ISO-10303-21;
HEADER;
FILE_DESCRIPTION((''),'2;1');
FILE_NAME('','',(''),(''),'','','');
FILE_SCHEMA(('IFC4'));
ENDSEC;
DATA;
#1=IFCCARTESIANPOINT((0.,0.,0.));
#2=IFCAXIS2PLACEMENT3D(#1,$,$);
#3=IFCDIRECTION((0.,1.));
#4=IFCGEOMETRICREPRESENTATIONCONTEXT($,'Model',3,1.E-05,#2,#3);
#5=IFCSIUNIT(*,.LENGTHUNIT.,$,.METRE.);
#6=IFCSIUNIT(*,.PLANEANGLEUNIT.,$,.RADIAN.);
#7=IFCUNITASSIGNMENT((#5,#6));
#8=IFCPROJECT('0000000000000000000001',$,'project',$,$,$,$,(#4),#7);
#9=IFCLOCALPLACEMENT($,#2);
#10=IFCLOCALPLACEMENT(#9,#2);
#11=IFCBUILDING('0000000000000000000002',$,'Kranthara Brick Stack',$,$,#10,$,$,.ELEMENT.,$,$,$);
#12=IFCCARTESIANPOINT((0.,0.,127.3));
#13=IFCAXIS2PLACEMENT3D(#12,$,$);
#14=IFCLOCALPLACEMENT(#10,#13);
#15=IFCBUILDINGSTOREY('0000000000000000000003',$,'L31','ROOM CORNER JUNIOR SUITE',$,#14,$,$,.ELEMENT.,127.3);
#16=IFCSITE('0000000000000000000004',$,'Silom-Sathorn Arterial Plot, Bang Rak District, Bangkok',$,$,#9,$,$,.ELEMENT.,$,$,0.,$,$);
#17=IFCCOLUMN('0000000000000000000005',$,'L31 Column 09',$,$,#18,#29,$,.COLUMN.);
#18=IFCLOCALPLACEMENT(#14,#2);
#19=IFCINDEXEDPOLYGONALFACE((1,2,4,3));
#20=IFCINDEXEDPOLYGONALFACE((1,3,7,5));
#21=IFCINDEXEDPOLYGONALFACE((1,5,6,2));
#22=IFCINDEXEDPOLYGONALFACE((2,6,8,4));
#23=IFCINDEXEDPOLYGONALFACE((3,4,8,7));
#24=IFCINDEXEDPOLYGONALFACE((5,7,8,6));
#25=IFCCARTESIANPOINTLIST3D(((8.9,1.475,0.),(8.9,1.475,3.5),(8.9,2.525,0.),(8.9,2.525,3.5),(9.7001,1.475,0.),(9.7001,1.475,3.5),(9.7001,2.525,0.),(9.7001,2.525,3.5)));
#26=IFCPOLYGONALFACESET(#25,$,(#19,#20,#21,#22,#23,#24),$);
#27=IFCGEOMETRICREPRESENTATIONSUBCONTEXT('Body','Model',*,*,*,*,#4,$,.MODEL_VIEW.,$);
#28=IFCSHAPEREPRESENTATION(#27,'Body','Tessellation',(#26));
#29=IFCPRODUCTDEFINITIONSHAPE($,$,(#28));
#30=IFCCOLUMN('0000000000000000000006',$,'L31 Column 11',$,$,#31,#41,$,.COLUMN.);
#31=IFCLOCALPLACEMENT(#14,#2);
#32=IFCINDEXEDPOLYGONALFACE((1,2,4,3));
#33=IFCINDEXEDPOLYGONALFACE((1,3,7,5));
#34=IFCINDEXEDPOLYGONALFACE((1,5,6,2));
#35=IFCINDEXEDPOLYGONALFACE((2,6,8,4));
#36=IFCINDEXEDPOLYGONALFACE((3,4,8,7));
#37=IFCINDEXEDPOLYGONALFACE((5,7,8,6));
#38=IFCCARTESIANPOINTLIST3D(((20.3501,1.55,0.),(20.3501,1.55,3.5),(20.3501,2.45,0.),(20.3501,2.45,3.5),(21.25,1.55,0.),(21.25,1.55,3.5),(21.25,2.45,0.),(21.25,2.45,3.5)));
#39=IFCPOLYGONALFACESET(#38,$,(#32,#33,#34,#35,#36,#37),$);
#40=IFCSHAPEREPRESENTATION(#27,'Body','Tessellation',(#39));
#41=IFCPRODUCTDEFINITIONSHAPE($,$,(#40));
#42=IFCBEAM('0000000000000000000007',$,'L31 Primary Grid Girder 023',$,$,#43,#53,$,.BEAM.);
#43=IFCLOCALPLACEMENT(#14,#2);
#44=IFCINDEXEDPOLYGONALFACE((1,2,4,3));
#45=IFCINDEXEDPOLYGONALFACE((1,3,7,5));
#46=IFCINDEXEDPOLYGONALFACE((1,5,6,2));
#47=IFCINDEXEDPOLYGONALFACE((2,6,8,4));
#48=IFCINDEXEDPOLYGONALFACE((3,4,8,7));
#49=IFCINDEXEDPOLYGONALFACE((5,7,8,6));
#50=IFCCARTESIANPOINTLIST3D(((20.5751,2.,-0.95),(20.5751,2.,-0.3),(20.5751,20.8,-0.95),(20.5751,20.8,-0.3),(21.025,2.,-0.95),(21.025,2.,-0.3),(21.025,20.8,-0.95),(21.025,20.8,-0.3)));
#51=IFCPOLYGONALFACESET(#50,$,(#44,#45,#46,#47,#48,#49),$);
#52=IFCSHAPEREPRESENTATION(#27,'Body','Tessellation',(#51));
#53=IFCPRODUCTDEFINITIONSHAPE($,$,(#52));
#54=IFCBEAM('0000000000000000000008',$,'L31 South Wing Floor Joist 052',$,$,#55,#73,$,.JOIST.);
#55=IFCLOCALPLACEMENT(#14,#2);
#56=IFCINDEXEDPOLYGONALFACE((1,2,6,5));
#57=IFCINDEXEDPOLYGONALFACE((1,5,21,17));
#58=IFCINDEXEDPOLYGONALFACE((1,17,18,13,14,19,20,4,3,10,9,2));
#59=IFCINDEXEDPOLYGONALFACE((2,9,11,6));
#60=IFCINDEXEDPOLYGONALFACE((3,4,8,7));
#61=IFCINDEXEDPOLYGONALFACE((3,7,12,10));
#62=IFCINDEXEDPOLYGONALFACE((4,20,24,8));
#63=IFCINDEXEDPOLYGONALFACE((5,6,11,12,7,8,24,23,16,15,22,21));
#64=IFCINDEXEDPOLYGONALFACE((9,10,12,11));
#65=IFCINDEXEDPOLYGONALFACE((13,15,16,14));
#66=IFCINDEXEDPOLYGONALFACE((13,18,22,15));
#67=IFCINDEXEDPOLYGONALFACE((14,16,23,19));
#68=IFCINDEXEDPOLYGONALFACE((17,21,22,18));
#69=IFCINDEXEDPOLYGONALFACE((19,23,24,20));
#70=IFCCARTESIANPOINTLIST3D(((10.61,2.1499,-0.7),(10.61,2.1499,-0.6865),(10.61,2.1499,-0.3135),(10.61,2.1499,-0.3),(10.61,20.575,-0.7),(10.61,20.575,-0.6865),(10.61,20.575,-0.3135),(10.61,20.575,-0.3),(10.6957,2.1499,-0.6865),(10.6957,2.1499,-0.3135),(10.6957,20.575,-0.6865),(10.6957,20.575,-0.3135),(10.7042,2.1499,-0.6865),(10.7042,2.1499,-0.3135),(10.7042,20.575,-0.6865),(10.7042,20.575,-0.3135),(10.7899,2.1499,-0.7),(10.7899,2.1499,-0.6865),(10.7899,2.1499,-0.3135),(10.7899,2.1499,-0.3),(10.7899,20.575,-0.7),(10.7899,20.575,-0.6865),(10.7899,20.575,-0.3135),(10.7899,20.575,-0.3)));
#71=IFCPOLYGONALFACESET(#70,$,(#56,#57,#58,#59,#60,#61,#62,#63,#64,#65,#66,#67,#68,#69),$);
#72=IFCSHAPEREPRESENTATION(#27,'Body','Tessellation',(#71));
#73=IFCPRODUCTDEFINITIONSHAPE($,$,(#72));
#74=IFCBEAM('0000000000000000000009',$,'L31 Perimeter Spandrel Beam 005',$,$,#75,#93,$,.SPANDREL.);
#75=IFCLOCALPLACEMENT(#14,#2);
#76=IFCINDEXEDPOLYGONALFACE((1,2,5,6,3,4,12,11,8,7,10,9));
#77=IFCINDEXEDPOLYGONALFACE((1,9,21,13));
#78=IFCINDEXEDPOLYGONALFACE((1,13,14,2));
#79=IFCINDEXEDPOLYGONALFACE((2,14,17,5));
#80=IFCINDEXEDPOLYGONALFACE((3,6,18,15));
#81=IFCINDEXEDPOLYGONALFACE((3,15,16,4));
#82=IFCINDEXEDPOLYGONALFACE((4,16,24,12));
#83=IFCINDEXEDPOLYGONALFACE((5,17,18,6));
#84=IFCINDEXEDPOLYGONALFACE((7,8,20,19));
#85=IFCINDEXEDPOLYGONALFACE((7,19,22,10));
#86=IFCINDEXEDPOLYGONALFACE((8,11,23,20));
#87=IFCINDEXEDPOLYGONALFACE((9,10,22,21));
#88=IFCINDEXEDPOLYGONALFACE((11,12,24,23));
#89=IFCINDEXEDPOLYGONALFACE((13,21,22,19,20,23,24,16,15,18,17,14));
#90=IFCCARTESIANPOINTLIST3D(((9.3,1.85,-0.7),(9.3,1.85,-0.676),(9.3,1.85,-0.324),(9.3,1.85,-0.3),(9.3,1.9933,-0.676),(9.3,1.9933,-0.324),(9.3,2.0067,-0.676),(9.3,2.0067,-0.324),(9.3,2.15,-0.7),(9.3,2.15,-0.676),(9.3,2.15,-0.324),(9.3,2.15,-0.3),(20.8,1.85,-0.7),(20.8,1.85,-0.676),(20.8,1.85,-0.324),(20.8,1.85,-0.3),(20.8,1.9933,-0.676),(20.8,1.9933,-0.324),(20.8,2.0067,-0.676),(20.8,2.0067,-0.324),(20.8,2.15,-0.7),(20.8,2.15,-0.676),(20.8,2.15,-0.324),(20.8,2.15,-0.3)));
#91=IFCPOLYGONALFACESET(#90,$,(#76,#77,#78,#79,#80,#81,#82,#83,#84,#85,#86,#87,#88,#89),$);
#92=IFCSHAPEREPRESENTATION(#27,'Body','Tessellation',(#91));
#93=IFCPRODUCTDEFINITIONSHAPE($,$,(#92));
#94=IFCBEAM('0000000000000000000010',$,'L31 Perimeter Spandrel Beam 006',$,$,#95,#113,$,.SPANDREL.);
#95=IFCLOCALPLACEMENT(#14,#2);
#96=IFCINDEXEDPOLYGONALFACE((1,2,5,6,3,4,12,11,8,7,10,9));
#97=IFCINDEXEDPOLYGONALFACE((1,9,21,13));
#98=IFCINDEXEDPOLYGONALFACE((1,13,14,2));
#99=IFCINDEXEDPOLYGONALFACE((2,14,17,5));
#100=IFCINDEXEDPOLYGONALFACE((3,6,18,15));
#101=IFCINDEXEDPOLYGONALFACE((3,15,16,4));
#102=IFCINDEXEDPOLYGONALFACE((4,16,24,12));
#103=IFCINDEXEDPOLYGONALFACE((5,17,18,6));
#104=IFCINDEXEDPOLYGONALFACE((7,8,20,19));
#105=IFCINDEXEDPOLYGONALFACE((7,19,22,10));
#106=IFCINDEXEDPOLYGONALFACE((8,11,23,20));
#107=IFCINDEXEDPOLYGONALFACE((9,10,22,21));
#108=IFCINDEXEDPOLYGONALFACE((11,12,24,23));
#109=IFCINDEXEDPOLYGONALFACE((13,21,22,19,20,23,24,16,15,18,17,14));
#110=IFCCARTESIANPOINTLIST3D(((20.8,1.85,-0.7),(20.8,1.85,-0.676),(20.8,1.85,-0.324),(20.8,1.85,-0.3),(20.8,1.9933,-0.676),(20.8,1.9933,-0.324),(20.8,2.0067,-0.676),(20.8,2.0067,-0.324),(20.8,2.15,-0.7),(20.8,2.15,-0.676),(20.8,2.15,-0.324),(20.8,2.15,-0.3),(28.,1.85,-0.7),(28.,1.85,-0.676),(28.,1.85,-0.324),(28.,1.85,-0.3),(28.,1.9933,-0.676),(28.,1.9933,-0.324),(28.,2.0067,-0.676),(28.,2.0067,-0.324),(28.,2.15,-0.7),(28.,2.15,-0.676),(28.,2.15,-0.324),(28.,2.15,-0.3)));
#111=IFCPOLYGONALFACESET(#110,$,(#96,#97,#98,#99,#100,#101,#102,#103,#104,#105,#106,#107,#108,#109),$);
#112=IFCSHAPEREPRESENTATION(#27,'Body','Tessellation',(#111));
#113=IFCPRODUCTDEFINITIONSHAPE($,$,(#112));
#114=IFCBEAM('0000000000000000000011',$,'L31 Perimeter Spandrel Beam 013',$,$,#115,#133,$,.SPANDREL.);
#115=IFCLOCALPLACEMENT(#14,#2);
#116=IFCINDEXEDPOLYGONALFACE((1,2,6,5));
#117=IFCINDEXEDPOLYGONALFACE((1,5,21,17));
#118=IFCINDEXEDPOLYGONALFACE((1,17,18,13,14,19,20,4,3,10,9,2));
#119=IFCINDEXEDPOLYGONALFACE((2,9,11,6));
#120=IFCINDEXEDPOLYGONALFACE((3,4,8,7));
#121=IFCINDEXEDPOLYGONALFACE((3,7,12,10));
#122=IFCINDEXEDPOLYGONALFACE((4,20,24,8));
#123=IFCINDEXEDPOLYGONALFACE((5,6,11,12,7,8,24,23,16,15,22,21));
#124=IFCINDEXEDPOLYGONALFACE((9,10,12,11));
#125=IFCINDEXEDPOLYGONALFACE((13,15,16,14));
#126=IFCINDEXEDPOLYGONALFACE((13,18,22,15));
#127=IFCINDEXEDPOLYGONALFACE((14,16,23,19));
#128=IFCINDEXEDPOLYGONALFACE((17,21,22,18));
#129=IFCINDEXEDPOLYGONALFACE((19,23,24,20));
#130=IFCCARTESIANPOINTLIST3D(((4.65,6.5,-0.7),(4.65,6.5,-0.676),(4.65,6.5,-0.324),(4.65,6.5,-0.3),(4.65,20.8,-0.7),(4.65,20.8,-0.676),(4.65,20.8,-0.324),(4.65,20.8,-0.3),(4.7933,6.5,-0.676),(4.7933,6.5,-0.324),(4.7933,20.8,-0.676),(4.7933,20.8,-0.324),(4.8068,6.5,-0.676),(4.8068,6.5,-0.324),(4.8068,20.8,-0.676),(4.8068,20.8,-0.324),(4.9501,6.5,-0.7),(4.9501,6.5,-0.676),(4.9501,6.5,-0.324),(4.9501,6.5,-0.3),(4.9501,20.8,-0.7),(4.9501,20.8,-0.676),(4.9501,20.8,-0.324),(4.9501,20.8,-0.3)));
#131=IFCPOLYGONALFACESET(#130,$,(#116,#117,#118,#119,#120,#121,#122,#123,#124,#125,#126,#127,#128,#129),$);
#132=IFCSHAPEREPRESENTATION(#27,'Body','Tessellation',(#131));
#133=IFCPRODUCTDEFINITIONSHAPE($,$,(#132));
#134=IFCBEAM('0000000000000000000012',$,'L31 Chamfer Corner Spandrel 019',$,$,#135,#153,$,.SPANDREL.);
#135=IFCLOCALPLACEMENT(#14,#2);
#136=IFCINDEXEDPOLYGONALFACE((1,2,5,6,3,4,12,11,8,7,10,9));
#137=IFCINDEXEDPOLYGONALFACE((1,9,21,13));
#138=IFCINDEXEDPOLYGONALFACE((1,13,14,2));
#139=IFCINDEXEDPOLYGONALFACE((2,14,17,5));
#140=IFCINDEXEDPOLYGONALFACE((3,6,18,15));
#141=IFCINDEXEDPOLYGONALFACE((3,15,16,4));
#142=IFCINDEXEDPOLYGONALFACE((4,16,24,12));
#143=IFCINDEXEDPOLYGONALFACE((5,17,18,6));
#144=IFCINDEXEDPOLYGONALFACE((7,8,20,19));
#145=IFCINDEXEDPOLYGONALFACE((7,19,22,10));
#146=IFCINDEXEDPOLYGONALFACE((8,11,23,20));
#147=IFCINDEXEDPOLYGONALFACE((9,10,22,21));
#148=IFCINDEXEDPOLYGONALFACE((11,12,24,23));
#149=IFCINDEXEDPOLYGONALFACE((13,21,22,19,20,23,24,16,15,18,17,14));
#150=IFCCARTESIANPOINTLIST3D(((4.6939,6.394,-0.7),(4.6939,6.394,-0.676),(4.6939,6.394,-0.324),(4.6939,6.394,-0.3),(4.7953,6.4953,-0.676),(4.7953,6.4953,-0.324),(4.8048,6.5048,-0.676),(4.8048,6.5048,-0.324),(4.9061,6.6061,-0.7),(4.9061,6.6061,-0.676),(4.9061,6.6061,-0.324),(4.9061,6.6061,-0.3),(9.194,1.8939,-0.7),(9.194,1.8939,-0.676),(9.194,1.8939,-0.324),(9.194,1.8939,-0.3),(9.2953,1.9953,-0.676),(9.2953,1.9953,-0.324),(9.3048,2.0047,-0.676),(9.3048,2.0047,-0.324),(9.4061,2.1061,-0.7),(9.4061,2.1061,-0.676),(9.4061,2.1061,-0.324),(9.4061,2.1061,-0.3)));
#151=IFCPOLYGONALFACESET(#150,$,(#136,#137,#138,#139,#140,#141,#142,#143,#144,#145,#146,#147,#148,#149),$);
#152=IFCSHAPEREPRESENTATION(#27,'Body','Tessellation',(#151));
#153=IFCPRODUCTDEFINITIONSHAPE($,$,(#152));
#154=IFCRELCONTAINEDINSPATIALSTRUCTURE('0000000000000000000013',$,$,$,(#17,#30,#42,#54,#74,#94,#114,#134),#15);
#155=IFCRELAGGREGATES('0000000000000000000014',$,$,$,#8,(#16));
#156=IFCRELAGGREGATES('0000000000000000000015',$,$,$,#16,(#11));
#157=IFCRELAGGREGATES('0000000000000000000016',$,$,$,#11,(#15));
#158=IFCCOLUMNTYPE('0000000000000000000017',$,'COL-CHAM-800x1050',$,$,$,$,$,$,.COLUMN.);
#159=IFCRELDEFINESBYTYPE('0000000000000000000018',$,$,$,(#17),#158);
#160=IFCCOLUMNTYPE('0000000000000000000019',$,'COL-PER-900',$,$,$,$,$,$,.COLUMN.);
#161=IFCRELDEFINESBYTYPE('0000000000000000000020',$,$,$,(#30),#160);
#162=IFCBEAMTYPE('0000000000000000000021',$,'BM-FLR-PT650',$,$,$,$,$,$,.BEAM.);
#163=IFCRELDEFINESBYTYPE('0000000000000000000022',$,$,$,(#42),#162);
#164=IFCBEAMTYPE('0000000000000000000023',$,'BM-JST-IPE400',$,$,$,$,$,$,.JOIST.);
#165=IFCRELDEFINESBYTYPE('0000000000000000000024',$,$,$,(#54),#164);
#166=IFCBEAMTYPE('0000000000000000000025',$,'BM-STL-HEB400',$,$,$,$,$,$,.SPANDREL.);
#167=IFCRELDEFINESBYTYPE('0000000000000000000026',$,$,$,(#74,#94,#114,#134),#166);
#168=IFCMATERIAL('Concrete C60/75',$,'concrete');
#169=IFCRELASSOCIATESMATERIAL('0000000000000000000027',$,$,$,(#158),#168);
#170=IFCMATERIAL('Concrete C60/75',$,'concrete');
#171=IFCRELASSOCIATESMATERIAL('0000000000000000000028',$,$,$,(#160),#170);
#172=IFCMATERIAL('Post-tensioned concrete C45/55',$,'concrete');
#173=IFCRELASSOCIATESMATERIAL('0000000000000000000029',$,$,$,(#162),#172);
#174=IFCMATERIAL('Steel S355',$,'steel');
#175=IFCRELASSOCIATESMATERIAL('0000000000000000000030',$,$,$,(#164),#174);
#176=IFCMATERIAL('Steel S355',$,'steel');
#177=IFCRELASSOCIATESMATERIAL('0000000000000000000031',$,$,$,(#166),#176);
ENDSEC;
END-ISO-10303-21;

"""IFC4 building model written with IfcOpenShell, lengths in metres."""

from ifc_helpers import new_model, si_unit, direction, frame, origin, origin_2d, place, context, subcontext, project, spatial, rectangle, i_section, extrude, material, material_profile, profile_set, type_object, element, save


model = new_model("IFC4")

# Units and contexts
model_context = context("Model", 3, precision=1e-05, world=origin(), true_north=direction((0.0, 1.0)))
body_context = subcontext(model_context, "Body", "Model", "MODEL_VIEW")
ifc_project = project(units=[si_unit("LENGTHUNIT", "METRE"), si_unit("PLANEANGLEUNIT", "RADIAN")], contexts=[model_context])

# Site, building, storey
site_placement = place(None, origin())
site = spatial("IfcSite", under=ifc_project, at=site_placement, Name="Silom-Sathorn Arterial Plot, Bang Rak District, Bangkok", CompositionType="ELEMENT", RefElevation=0.0)
building_placement = place(site_placement, origin())
building = spatial("IfcBuilding", under=site, at=building_placement, Name="Kranthara Brick Stack", CompositionType="ELEMENT")
storey_placement = place(building_placement, frame((0.0, 0.0, 127.3)))
storey = spatial("IfcBuildingStorey", under=building, at=storey_placement, Name="L31", Description="ROOM CORNER JUNIOR SUITE", CompositionType="ELEMENT", Elevation=127.3)

# Columns
ifc_material_1 = material(Name="Concrete C60/75", Category="concrete")
ifc_material_profile_1 = material_profile(ifc_material_1, rectangle(XDim=0.8, YDim=1.05, at=origin_2d()), Name="RC 800x1050")
ifc_profile_set_1 = profile_set([ifc_material_profile_1], Name="Concrete C60/75")
column_type_1 = type_object("IfcColumnType", Name="COL-CHAM-800x1050", PredefinedType="COLUMN", material=ifc_profile_set_1)
column_1_placement = place(storey_placement, frame((9.3, 2.0, 0.0), z_axis=(0.0, 0.0, 1.0), x_axis=(1.0, 0.0, 0.0)))
element("IfcColumn", 1, at=column_1_placement, inside=storey, type_object=column_type_1, Name="L31 Column 09", PredefinedType="COLUMN", context=body_context, shape_type="SweptSolid", body=[
    extrude(rectangle(XDim=0.8, YDim=1.05, at=origin_2d()), origin(), (0.0, 0.0, 1.0), 3.5),
])
ifc_material_2 = material(Name="Concrete C60/75", Category="concrete")
ifc_material_profile_2 = material_profile(ifc_material_2, rectangle(XDim=0.8999, YDim=0.8999, at=origin_2d()), Name="RC 900x900")
ifc_profile_set_2 = profile_set([ifc_material_profile_2], Name="Concrete C60/75")
column_type_2 = type_object("IfcColumnType", Name="COL-PER-900", PredefinedType="COLUMN", material=ifc_profile_set_2)
column_2_placement = place(storey_placement, frame((20.8, 2.0, 0.0), z_axis=(0.0, 0.0, 1.0), x_axis=(1.0, 0.0, 0.0)))
element("IfcColumn", 2, at=column_2_placement, inside=storey, type_object=column_type_2, Name="L31 Column 11", PredefinedType="COLUMN", context=body_context, shape_type="SweptSolid", body=[
    extrude(rectangle(XDim=0.8999, YDim=0.8999, at=origin_2d()), origin(), (0.0, 0.0, 1.0), 3.5),
])

# Beams
ifc_material_3 = material(Name="Post-tensioned concrete C45/55", Category="concrete")
ifc_material_profile_3 = material_profile(ifc_material_3, rectangle(XDim=0.45, YDim=0.6499, at=origin_2d()), Name="PT 450x650")
ifc_profile_set_3 = profile_set([ifc_material_profile_3], Name="Post-tensioned concrete C45/55")
beam_type_1 = type_object("IfcBeamType", Name="BM-FLR-PT650", PredefinedType="BEAM", material=ifc_profile_set_3)
beam_1_placement = place(storey_placement, frame((20.8, 2.0, -0.625), z_axis=(0.0, 1.0, 0.0), x_axis=(-1.0, 0.0, 0.0)))
element("IfcBeam", 3, at=beam_1_placement, inside=storey, type_object=beam_type_1, Name="L31 Primary Grid Girder 023", PredefinedType="BEAM", context=body_context, shape_type="SweptSolid", body=[
    extrude(rectangle(XDim=0.45, YDim=0.6499, at=origin_2d()), origin(), (0.0, 0.0, 1.0), 18.8),
])
ifc_material_4 = material(Name="Steel S355", Category="steel")
ifc_material_profile_4 = material_profile(ifc_material_4, i_section(OverallWidth=0.1799, OverallDepth=0.3999, WebThickness=0.0085, FlangeThickness=0.0134, at=origin_2d()), Name="IPE 400")
ifc_profile_set_4 = profile_set([ifc_material_profile_4], Name="Steel S355")
beam_type_2 = type_object("IfcBeamType", Name="BM-JST-IPE400", PredefinedType="JOIST", material=ifc_profile_set_4)
beam_2_placement = place(storey_placement, frame((10.7, 2.1499, -0.5), z_axis=(0.0, 1.0, 0.0), x_axis=(-1.0, 0.0, 0.0)))
element("IfcBeam", 4, at=beam_2_placement, inside=storey, type_object=beam_type_2, Name="L31 South Wing Floor Joist 052", PredefinedType="JOIST", context=body_context, shape_type="SweptSolid", body=[
    extrude(i_section(OverallWidth=0.1799, OverallDepth=0.3999, WebThickness=0.0085, FlangeThickness=0.0134, at=origin_2d()), origin(), (0.0, 0.0, 1.0), 18.425),
])
ifc_material_5 = material(Name="Steel S355", Category="steel")
ifc_material_profile_5 = material_profile(ifc_material_5, i_section(OverallWidth=0.3, OverallDepth=0.3999, WebThickness=0.0134, FlangeThickness=0.0239, at=origin_2d()), Name="HEB 400")
ifc_profile_set_5 = profile_set([ifc_material_profile_5], Name="Steel S355")
beam_type_3 = type_object("IfcBeamType", Name="BM-STL-HEB400", PredefinedType="SPANDREL", material=ifc_profile_set_5)
beam_3_placement = place(storey_placement, frame((9.3, 2.0, -0.5), z_axis=(1.0, 0.0, 0.0), x_axis=(0.0, 1.0, 0.0)))
element("IfcBeam", 5, at=beam_3_placement, inside=storey, type_object=beam_type_3, Name="L31 Perimeter Spandrel Beam 005", PredefinedType="SPANDREL", context=body_context, shape_type="SweptSolid", body=[
    extrude(i_section(OverallWidth=0.3, OverallDepth=0.3999, WebThickness=0.0134, FlangeThickness=0.0239, at=origin_2d()), origin(), (0.0, 0.0, 1.0), 11.5),
])
beam_4_placement = place(storey_placement, frame((20.8, 2.0, -0.5), z_axis=(1.0, 0.0, 0.0), x_axis=(0.0, 1.0, 0.0)))
element("IfcBeam", 6, at=beam_4_placement, inside=storey, type_object=beam_type_3, Name="L31 Perimeter Spandrel Beam 006", PredefinedType="SPANDREL", context=body_context, shape_type="SweptSolid", body=[
    extrude(i_section(OverallWidth=0.3, OverallDepth=0.3999, WebThickness=0.0134, FlangeThickness=0.0239, at=origin_2d()), origin(), (0.0, 0.0, 1.0), 7.2),
])
beam_5_placement = place(storey_placement, frame((4.8, 6.5, -0.5), z_axis=(0.0, 1.0, 0.0), x_axis=(-1.0, 0.0, 0.0)))
element("IfcBeam", 7, at=beam_5_placement, inside=storey, type_object=beam_type_3, Name="L31 Perimeter Spandrel Beam 013", PredefinedType="SPANDREL", context=body_context, shape_type="SweptSolid", body=[
    extrude(i_section(OverallWidth=0.3, OverallDepth=0.3999, WebThickness=0.0134, FlangeThickness=0.0239, at=origin_2d()), origin(), (0.0, 0.0, 1.0), 14.3),
])
beam_6_placement = place(storey_placement, frame((9.3, 2.0, -0.5), z_axis=(-0.707107, 0.707107, 0.0), x_axis=(-0.707107, -0.707107, 0.0)))
element("IfcBeam", 8, at=beam_6_placement, inside=storey, type_object=beam_type_3, Name="L31 Chamfer Corner Spandrel 019", PredefinedType="SPANDREL", context=body_context, shape_type="SweptSolid", body=[
    extrude(i_section(OverallWidth=0.3, OverallDepth=0.3999, WebThickness=0.0134, FlangeThickness=0.0239, at=origin_2d()), origin(), (0.0, 0.0, 1.0), 6.364),
])

save(model, "model.ifc")
